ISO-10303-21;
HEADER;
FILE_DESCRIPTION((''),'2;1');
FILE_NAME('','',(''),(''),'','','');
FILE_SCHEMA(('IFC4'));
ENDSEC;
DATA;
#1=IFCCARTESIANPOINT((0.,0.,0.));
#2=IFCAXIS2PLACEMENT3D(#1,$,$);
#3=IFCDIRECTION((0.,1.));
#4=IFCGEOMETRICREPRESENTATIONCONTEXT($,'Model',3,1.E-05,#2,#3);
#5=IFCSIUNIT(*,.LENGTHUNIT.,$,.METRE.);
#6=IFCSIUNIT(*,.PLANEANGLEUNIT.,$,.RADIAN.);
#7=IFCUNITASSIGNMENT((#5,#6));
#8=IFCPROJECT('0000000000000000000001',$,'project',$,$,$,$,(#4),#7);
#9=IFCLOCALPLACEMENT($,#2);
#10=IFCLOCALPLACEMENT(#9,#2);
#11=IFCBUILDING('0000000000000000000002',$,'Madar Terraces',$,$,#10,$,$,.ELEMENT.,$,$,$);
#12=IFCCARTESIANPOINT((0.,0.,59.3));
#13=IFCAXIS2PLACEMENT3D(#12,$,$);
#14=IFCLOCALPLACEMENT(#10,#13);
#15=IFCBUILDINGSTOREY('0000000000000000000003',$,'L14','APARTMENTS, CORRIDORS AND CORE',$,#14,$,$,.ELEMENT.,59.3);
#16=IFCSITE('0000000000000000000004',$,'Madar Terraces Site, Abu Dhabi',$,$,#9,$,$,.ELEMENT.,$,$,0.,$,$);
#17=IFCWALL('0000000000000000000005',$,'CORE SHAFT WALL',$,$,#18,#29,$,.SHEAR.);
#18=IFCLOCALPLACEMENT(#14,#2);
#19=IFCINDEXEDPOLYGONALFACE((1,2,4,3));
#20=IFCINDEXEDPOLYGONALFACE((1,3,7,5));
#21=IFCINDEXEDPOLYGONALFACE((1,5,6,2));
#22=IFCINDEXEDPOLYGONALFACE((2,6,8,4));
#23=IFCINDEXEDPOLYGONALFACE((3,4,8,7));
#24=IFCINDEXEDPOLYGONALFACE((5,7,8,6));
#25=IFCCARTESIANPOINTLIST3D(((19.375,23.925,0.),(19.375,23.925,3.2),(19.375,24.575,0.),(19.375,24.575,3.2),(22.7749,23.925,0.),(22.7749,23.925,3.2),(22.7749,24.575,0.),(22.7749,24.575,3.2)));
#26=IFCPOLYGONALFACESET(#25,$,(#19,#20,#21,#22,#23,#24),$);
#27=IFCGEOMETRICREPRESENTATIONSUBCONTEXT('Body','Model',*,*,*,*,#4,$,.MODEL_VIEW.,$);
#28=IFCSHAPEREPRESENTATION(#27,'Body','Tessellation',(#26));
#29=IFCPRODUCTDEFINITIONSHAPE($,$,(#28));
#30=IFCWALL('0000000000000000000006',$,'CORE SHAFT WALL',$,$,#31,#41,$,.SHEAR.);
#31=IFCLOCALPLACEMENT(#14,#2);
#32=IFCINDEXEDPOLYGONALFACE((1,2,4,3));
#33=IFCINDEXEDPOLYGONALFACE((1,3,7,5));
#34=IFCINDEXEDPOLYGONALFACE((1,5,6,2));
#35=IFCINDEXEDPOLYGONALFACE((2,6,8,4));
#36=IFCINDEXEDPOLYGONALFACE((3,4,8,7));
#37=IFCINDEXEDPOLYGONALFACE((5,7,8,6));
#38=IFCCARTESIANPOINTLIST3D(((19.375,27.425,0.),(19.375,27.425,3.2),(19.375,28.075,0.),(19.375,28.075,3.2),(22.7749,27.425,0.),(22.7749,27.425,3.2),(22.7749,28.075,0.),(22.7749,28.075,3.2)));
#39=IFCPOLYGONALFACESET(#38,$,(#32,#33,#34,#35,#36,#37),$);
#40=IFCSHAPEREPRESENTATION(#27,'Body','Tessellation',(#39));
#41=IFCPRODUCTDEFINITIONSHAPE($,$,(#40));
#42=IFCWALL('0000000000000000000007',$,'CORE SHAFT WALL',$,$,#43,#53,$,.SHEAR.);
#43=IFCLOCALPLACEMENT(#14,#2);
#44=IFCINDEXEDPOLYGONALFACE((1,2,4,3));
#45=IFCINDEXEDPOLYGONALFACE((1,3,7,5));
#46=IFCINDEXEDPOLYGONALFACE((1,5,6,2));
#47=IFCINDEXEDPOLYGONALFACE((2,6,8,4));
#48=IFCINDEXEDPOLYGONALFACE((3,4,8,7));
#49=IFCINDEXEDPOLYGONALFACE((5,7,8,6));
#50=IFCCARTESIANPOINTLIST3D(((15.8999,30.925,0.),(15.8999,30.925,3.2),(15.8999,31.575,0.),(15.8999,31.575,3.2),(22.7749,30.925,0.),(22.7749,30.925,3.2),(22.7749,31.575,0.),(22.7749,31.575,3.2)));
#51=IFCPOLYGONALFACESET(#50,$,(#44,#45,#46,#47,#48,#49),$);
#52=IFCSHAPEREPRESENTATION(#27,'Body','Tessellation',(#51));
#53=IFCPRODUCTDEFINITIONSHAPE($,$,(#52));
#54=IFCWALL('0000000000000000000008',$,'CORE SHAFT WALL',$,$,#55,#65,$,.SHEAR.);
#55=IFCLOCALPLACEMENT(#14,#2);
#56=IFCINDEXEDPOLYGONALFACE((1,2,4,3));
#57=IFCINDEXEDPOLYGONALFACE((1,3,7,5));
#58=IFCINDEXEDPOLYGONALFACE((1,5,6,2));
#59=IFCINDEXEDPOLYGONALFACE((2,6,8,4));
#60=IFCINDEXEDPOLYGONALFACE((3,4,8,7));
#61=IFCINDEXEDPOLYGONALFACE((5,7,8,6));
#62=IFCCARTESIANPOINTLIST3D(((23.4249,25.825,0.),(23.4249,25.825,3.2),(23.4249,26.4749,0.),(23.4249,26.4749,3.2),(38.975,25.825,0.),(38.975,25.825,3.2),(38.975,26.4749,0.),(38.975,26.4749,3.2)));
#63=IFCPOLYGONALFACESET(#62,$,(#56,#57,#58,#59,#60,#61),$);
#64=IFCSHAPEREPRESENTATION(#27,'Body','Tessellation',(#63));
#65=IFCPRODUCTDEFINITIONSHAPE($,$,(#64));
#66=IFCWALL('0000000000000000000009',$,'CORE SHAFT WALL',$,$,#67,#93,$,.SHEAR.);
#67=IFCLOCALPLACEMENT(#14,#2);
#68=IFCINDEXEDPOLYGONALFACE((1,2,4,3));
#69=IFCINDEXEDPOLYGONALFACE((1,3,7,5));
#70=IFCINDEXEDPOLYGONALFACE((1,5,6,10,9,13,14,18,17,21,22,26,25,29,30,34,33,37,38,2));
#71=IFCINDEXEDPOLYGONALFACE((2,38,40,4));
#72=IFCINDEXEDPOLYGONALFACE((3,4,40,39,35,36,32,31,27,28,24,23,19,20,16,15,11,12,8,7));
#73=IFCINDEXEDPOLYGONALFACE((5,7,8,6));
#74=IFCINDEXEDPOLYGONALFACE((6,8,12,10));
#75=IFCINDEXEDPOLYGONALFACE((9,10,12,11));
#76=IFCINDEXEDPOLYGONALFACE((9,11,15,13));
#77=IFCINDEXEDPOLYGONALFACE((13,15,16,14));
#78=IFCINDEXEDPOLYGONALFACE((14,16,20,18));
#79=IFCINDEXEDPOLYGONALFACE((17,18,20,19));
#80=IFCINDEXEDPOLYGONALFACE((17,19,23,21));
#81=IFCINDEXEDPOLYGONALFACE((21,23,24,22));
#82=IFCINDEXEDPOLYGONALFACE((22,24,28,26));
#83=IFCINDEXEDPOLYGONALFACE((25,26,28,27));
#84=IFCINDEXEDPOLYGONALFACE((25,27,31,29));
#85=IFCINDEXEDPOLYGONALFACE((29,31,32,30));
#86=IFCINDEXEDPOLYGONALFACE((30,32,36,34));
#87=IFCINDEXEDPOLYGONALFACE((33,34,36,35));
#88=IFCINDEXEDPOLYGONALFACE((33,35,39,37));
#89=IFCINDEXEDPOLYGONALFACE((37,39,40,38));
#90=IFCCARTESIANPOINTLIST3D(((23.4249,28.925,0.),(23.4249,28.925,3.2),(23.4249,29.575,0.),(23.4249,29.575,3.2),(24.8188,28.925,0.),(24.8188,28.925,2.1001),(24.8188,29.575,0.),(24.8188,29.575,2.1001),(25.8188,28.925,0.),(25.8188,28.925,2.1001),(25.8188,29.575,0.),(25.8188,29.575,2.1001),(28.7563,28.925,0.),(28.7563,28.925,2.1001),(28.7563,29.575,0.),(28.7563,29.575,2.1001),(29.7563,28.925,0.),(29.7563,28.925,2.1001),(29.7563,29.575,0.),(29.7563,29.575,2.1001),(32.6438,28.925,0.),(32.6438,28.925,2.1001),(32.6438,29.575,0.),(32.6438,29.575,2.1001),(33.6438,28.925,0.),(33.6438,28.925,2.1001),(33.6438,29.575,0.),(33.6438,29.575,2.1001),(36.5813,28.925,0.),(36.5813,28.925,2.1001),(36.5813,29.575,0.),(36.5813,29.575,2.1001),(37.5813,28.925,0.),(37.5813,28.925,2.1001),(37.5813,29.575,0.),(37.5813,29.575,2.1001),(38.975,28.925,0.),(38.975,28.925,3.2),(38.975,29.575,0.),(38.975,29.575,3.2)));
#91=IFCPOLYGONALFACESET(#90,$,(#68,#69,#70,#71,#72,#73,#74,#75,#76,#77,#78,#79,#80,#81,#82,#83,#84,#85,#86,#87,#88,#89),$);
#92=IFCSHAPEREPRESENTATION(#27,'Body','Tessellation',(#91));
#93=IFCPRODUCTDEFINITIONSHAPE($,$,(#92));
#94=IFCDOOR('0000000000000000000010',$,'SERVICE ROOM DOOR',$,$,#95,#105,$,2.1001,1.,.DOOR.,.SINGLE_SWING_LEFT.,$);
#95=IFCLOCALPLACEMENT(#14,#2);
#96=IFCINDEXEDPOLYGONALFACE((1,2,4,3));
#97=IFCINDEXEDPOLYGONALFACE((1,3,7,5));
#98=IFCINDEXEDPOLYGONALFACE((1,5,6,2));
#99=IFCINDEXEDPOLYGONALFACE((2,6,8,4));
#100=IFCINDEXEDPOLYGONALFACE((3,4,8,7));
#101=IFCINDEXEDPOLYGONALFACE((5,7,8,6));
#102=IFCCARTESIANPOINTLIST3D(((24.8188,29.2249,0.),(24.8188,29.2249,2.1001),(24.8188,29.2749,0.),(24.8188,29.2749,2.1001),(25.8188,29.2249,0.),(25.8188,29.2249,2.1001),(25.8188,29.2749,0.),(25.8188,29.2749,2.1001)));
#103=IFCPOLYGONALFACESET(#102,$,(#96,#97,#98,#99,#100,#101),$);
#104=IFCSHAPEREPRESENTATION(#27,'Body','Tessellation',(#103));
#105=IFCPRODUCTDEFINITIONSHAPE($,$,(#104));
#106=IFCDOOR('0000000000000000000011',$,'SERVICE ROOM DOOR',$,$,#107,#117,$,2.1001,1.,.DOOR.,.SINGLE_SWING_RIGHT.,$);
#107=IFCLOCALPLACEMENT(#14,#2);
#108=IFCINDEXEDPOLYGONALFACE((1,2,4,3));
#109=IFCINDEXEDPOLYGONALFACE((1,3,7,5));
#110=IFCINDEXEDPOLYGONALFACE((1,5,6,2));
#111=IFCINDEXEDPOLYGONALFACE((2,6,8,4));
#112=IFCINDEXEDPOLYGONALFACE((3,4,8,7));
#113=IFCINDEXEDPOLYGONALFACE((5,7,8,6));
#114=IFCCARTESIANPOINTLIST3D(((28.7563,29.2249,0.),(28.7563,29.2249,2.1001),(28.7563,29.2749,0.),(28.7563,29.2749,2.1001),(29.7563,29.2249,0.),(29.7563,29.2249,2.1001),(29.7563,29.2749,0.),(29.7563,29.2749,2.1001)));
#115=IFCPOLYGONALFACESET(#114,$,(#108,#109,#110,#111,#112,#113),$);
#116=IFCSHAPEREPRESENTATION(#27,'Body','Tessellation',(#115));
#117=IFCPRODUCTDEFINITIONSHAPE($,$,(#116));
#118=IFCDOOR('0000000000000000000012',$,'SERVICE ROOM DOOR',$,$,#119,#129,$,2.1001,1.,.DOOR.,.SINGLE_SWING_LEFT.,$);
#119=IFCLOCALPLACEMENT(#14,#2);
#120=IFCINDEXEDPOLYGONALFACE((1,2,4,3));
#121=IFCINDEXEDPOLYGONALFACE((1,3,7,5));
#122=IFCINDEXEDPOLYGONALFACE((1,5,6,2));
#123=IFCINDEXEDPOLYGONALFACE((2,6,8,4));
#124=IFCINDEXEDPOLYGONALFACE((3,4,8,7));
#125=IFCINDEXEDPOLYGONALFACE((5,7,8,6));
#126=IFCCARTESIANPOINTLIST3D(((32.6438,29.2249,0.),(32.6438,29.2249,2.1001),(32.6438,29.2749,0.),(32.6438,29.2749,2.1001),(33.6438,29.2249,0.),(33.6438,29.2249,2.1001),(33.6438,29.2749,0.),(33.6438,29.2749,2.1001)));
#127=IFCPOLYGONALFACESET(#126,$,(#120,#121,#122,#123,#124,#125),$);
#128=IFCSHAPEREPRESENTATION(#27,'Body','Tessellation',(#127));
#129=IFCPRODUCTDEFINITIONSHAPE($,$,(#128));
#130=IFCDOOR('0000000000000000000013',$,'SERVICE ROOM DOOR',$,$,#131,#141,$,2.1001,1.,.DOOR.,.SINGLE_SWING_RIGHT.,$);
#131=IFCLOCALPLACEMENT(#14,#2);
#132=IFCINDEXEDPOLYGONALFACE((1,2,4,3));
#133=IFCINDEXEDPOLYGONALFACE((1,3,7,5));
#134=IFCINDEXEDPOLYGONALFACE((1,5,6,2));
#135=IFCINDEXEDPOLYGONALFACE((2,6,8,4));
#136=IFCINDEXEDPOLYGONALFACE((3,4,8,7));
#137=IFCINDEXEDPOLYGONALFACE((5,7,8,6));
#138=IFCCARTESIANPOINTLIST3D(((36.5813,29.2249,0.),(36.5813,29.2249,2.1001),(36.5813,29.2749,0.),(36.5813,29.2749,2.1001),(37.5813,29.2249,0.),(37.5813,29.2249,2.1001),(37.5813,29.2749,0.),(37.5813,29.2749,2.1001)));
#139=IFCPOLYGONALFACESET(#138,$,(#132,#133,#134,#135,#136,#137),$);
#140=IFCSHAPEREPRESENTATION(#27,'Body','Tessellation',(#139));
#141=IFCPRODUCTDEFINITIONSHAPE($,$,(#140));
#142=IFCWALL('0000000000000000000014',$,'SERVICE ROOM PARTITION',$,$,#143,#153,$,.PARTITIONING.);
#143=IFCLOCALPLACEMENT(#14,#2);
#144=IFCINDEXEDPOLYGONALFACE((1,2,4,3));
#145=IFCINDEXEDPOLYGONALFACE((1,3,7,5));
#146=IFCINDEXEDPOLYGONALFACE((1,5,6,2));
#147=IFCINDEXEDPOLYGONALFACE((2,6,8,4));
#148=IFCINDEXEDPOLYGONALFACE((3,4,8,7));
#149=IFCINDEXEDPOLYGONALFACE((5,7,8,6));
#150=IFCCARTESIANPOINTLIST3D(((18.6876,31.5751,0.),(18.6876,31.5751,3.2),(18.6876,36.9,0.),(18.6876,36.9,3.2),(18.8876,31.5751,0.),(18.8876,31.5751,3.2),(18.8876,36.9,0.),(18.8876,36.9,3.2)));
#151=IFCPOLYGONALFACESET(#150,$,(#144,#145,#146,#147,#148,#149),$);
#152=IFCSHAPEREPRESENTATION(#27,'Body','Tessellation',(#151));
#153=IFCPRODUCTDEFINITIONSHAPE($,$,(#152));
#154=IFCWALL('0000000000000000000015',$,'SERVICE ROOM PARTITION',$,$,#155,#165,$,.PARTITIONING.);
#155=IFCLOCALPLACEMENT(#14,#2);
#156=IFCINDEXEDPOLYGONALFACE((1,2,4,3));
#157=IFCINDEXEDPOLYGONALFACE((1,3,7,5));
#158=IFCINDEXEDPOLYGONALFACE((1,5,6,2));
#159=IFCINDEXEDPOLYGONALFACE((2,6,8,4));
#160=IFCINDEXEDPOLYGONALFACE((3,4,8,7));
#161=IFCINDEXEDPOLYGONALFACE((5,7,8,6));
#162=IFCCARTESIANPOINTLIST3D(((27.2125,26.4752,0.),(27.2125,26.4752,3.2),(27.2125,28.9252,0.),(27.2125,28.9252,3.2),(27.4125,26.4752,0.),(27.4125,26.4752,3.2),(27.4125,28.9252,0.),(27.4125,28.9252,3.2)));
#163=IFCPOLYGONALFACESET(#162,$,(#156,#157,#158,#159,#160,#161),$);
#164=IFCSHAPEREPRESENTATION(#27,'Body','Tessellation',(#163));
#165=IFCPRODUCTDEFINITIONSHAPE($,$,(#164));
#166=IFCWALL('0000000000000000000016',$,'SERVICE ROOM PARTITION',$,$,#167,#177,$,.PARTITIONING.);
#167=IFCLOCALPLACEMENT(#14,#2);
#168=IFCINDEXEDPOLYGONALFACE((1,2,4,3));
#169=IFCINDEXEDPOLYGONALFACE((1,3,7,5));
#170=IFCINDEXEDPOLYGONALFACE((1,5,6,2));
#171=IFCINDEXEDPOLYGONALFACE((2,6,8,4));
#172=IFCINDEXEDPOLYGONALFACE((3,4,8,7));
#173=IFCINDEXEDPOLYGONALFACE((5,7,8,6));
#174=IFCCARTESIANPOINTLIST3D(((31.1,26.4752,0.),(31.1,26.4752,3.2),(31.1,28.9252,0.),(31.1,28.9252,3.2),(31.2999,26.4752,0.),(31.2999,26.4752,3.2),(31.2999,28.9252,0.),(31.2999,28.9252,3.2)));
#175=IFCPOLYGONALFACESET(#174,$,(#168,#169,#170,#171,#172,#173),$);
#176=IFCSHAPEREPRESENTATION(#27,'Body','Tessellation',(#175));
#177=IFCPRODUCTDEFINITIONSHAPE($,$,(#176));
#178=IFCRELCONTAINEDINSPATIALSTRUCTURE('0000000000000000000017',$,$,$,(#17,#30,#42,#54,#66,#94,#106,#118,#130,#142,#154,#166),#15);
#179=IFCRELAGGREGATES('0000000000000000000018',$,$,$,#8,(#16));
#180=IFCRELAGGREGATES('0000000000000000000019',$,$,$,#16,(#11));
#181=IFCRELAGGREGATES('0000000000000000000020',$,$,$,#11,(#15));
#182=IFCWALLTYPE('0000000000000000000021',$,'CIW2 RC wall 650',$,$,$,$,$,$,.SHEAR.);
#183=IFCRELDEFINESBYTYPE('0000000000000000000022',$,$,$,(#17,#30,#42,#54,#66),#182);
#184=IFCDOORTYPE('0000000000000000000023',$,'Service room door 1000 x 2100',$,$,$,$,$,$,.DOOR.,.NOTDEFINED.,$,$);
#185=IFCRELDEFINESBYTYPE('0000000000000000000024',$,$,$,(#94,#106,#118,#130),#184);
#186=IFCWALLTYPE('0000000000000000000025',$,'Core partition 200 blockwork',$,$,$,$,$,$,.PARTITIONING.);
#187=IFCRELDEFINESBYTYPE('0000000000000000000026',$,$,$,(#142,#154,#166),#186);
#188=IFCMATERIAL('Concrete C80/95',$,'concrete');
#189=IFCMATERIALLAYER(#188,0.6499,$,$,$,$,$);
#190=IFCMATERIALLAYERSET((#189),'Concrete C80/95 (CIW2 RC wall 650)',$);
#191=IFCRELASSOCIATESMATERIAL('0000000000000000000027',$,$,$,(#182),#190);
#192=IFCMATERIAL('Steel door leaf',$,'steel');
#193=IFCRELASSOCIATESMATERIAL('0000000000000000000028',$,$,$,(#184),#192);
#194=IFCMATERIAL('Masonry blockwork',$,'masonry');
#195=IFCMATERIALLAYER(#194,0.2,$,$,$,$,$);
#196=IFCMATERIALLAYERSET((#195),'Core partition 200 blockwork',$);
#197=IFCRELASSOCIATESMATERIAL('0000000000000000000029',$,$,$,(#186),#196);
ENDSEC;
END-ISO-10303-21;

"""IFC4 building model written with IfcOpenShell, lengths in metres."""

from ifc_helpers import new_model, si_unit, direction, frame, frame_2d, origin, place, context, subcontext, project, spatial, rectangle, extrude, material, layer, layer_set, type_object, element, fill, save


model = new_model("IFC4")

# Units and contexts
model_context = context("Model", 3, precision=1e-05, world=origin(), true_north=direction((0.0, 1.0)))
body_context = subcontext(model_context, "Body", "Model", "MODEL_VIEW")
ifc_project = project(units=[si_unit("LENGTHUNIT", "METRE"), si_unit("PLANEANGLEUNIT", "RADIAN")], contexts=[model_context])

# Site, building, storey
site_placement = place(None, origin())
site = spatial("IfcSite", under=ifc_project, at=site_placement, Name="Madar Terraces Site, Abu Dhabi", CompositionType="ELEMENT", RefElevation=0.0)
building_placement = place(site_placement, origin())
building = spatial("IfcBuilding", under=site, at=building_placement, Name="Madar Terraces", CompositionType="ELEMENT")
storey_placement = place(building_placement, frame((0.0, 0.0, 59.3)))
storey = spatial("IfcBuildingStorey", under=building, at=storey_placement, Name="L14", Description="APARTMENTS, CORRIDORS AND CORE", CompositionType="ELEMENT", Elevation=59.3)

# Walls
ifc_material_1 = material(Name="Concrete C80/95", Category="concrete")
ifc_layer_1 = layer(ifc_material_1, 0.6499)
ifc_layer_set_1 = layer_set([ifc_layer_1], Name="Concrete C80/95 (CIW2 RC wall 650)")
wall_type_1 = type_object("IfcWallType", Name="CIW2 RC wall 650", PredefinedType="SHEAR", material=ifc_layer_set_1)
for number, where, z_axis, x_axis, name in (
    (1, (19.375, 24.25, 0.0), (0.0, 0.0, 1.0), (1.0, 0.0, 0.0), "CORE SHAFT WALL"),
    (2, (19.375, 27.75, 0.0), (0.0, 0.0, 1.0), (1.0, 0.0, 0.0), "CORE SHAFT WALL"),
):
    element("IfcWall", number, at=place(storey_placement, frame(where, z_axis=z_axis, x_axis=x_axis)), inside=storey, type_object=wall_type_1, Name=name, PredefinedType="SHEAR", context=body_context, shape_type="SweptSolid", body=[
        extrude(rectangle(XDim=3.3999, YDim=0.6499, at=frame_2d((1.7, 0.0))), origin(), (0.0, 0.0, 1.0), 3.2),
    ])
wall_1_placement = place(storey_placement, frame((15.8999, 31.25, 0.0), z_axis=(0.0, 0.0, 1.0), x_axis=(1.0, 0.0, 0.0)))
element("IfcWall", 3, at=wall_1_placement, inside=storey, type_object=wall_type_1, Name="CORE SHAFT WALL", PredefinedType="SHEAR", context=body_context, shape_type="SweptSolid", body=[
    extrude(rectangle(XDim=6.875, YDim=0.6499, at=frame_2d((3.4375, 0.0))), origin(), (0.0, 0.0, 1.0), 3.2),
])
wall_2_placement = place(storey_placement, frame((23.425, 26.1499, 0.0), z_axis=(0.0, 0.0, 1.0), x_axis=(1.0, 0.0, 0.0)))
element("IfcWall", 4, at=wall_2_placement, inside=storey, type_object=wall_type_1, Name="CORE SHAFT WALL", PredefinedType="SHEAR", context=body_context, shape_type="SweptSolid", body=[
    extrude(rectangle(XDim=15.55, YDim=0.6499, at=frame_2d((7.7749, 0.0))), origin(), (0.0, 0.0, 1.0), 3.2),
])

# Wall, openings, doors
wall_3_placement = place(storey_placement, frame((23.425, 29.25, 0.0), z_axis=(0.0, 0.0, 1.0), x_axis=(1.0, 0.0, 0.0)))
wall_3 = element("IfcWall", 5, at=wall_3_placement, inside=storey, type_object=wall_type_1, Name="CORE SHAFT WALL", PredefinedType="SHEAR", context=body_context, shape_type="SweptSolid", body=[
    extrude(rectangle(XDim=15.55, YDim=0.6499, at=frame_2d((7.7749, 0.0))), origin(), (0.0, 0.0, 1.0), 3.2),
])
opening_1_placement = place(wall_3_placement, frame((1.3938, 0.0, 0.0)))
opening_1 = element("IfcOpeningElement", 6, at=opening_1_placement, cuts=wall_3, PredefinedType="OPENING", context=body_context, shape_type="SweptSolid", body=[
    extrude(rectangle(XDim=1.0, YDim=2.1001, at=frame_2d((0.5, 1.05))), frame((0.0, 0.335, 0.0), z_axis=(0.0, -1.0, 0.0), x_axis=(1.0, 0.0, 0.0)), (0.0, 0.0, 1.0), 0.6699),
])
opening_2_placement = place(wall_3_placement, frame((5.3313, 0.0, 0.0)))
opening_2 = element("IfcOpeningElement", 7, at=opening_2_placement, cuts=wall_3, PredefinedType="OPENING", context=body_context, shape_type="SweptSolid", body=[
    extrude(rectangle(XDim=1.0, YDim=2.1001, at=frame_2d((0.5, 1.05))), frame((0.0, 0.335, 0.0), z_axis=(0.0, -1.0, 0.0), x_axis=(1.0, 0.0, 0.0)), (0.0, 0.0, 1.0), 0.6699),
])
opening_3_placement = place(wall_3_placement, frame((9.2188, 0.0, 0.0)))
opening_3 = element("IfcOpeningElement", 8, at=opening_3_placement, cuts=wall_3, PredefinedType="OPENING", context=body_context, shape_type="SweptSolid", body=[
    extrude(rectangle(XDim=1.0, YDim=2.1001, at=frame_2d((0.5, 1.05))), frame((0.0, 0.335, 0.0), z_axis=(0.0, -1.0, 0.0), x_axis=(1.0, 0.0, 0.0)), (0.0, 0.0, 1.0), 0.6699),
])
opening_4_placement = place(wall_3_placement, frame((13.1562, 0.0, 0.0)))
opening_4 = element("IfcOpeningElement", 9, at=opening_4_placement, cuts=wall_3, PredefinedType="OPENING", context=body_context, shape_type="SweptSolid", body=[
    extrude(rectangle(XDim=1.0, YDim=2.1001, at=frame_2d((0.5, 1.05))), frame((0.0, 0.335, 0.0), z_axis=(0.0, -1.0, 0.0), x_axis=(1.0, 0.0, 0.0)), (0.0, 0.0, 1.0), 0.6699),
])
ifc_material_2 = material(Name="Steel door leaf", Category="steel")
door_type = type_object("IfcDoorType", Name="Service room door 1000 x 2100", OperationType="NOTDEFINED", PredefinedType="DOOR", material=ifc_material_2)
door_1_placement = place(opening_1_placement, origin())
door_1 = element("IfcDoor", 10, at=door_1_placement, inside=storey, type_object=door_type, Name="SERVICE ROOM DOOR", OperationType="SINGLE_SWING_LEFT", OverallHeight=2.1001, OverallWidth=1.0, PredefinedType="DOOR", context=body_context, shape_type="SweptSolid", body=[
    extrude(rectangle(XDim=1.0, YDim=2.1001, at=frame_2d((0.5, 1.05))), frame((0.0, 0.0249, 0.0), z_axis=(0.0, -1.0, 0.0), x_axis=(1.0, 0.0, 0.0)), (0.0, 0.0, 1.0), 0.05),
])
fill(opening_1, door_1)
door_2_placement = place(opening_2_placement, origin())
door_2 = element("IfcDoor", 11, at=door_2_placement, inside=storey, type_object=door_type, Name="SERVICE ROOM DOOR", OperationType="SINGLE_SWING_RIGHT", OverallHeight=2.1001, OverallWidth=1.0, PredefinedType="DOOR", context=body_context, shape_type="SweptSolid", body=[
    extrude(rectangle(XDim=1.0, YDim=2.1001, at=frame_2d((0.5, 1.05))), frame((0.0, 0.0249, 0.0), z_axis=(0.0, -1.0, 0.0), x_axis=(1.0, 0.0, 0.0)), (0.0, 0.0, 1.0), 0.05),
])
fill(opening_2, door_2)
door_3_placement = place(opening_3_placement, origin())
door_3 = element("IfcDoor", 12, at=door_3_placement, inside=storey, type_object=door_type, Name="SERVICE ROOM DOOR", OperationType="SINGLE_SWING_LEFT", OverallHeight=2.1001, OverallWidth=1.0, PredefinedType="DOOR", context=body_context, shape_type="SweptSolid", body=[
    extrude(rectangle(XDim=1.0, YDim=2.1001, at=frame_2d((0.5, 1.05))), frame((0.0, 0.0249, 0.0), z_axis=(0.0, -1.0, 0.0), x_axis=(1.0, 0.0, 0.0)), (0.0, 0.0, 1.0), 0.05),
])
fill(opening_3, door_3)
door_4_placement = place(opening_4_placement, origin())
door_4 = element("IfcDoor", 13, at=door_4_placement, inside=storey, type_object=door_type, Name="SERVICE ROOM DOOR", OperationType="SINGLE_SWING_RIGHT", OverallHeight=2.1001, OverallWidth=1.0, PredefinedType="DOOR", context=body_context, shape_type="SweptSolid", body=[
    extrude(rectangle(XDim=1.0, YDim=2.1001, at=frame_2d((0.5, 1.05))), frame((0.0, 0.0249, 0.0), z_axis=(0.0, -1.0, 0.0), x_axis=(1.0, 0.0, 0.0)), (0.0, 0.0, 1.0), 0.05),
])
fill(opening_4, door_4)

# Walls
ifc_material_3 = material(Name="Masonry blockwork", Category="masonry")
ifc_layer_2 = layer(ifc_material_3, 0.2)
ifc_layer_set_2 = layer_set([ifc_layer_2], Name="Core partition 200 blockwork")
wall_type_2 = type_object("IfcWallType", Name="Core partition 200 blockwork", PredefinedType="PARTITIONING", material=ifc_layer_set_2)
wall_4_placement = place(storey_placement, frame((18.7876, 31.575, 0.0), z_axis=(0.0, 0.0, 1.0), x_axis=(0.0, 1.0, 0.0)))
element("IfcWall", 14, at=wall_4_placement, inside=storey, type_object=wall_type_2, Name="SERVICE ROOM PARTITION", PredefinedType="PARTITIONING", context=body_context, shape_type="SweptSolid", body=[
    extrude(rectangle(XDim=5.325, YDim=0.2, at=frame_2d((2.6626, 0.0))), origin(), (0.0, 0.0, 1.0), 3.2),
])
for number, where, z_axis, x_axis, name in (
    (15, (27.3125, 26.4751, 0.0), (0.0, 0.0, 1.0), (0.0, 1.0, 0.0), "SERVICE ROOM PARTITION"),
    (16, (31.2, 26.4751, 0.0), (0.0, 0.0, 1.0), (0.0, 1.0, 0.0), "SERVICE ROOM PARTITION"),
):
    element("IfcWall", number, at=place(storey_placement, frame(where, z_axis=z_axis, x_axis=x_axis)), inside=storey, type_object=wall_type_2, Name=name, PredefinedType="PARTITIONING", context=body_context, shape_type="SweptSolid", body=[
        extrude(rectangle(XDim=2.45, YDim=0.2, at=frame_2d((1.2251, 0.0))), origin(), (0.0, 0.0, 1.0), 3.2),
    ])

save(model, "model.ifc")
